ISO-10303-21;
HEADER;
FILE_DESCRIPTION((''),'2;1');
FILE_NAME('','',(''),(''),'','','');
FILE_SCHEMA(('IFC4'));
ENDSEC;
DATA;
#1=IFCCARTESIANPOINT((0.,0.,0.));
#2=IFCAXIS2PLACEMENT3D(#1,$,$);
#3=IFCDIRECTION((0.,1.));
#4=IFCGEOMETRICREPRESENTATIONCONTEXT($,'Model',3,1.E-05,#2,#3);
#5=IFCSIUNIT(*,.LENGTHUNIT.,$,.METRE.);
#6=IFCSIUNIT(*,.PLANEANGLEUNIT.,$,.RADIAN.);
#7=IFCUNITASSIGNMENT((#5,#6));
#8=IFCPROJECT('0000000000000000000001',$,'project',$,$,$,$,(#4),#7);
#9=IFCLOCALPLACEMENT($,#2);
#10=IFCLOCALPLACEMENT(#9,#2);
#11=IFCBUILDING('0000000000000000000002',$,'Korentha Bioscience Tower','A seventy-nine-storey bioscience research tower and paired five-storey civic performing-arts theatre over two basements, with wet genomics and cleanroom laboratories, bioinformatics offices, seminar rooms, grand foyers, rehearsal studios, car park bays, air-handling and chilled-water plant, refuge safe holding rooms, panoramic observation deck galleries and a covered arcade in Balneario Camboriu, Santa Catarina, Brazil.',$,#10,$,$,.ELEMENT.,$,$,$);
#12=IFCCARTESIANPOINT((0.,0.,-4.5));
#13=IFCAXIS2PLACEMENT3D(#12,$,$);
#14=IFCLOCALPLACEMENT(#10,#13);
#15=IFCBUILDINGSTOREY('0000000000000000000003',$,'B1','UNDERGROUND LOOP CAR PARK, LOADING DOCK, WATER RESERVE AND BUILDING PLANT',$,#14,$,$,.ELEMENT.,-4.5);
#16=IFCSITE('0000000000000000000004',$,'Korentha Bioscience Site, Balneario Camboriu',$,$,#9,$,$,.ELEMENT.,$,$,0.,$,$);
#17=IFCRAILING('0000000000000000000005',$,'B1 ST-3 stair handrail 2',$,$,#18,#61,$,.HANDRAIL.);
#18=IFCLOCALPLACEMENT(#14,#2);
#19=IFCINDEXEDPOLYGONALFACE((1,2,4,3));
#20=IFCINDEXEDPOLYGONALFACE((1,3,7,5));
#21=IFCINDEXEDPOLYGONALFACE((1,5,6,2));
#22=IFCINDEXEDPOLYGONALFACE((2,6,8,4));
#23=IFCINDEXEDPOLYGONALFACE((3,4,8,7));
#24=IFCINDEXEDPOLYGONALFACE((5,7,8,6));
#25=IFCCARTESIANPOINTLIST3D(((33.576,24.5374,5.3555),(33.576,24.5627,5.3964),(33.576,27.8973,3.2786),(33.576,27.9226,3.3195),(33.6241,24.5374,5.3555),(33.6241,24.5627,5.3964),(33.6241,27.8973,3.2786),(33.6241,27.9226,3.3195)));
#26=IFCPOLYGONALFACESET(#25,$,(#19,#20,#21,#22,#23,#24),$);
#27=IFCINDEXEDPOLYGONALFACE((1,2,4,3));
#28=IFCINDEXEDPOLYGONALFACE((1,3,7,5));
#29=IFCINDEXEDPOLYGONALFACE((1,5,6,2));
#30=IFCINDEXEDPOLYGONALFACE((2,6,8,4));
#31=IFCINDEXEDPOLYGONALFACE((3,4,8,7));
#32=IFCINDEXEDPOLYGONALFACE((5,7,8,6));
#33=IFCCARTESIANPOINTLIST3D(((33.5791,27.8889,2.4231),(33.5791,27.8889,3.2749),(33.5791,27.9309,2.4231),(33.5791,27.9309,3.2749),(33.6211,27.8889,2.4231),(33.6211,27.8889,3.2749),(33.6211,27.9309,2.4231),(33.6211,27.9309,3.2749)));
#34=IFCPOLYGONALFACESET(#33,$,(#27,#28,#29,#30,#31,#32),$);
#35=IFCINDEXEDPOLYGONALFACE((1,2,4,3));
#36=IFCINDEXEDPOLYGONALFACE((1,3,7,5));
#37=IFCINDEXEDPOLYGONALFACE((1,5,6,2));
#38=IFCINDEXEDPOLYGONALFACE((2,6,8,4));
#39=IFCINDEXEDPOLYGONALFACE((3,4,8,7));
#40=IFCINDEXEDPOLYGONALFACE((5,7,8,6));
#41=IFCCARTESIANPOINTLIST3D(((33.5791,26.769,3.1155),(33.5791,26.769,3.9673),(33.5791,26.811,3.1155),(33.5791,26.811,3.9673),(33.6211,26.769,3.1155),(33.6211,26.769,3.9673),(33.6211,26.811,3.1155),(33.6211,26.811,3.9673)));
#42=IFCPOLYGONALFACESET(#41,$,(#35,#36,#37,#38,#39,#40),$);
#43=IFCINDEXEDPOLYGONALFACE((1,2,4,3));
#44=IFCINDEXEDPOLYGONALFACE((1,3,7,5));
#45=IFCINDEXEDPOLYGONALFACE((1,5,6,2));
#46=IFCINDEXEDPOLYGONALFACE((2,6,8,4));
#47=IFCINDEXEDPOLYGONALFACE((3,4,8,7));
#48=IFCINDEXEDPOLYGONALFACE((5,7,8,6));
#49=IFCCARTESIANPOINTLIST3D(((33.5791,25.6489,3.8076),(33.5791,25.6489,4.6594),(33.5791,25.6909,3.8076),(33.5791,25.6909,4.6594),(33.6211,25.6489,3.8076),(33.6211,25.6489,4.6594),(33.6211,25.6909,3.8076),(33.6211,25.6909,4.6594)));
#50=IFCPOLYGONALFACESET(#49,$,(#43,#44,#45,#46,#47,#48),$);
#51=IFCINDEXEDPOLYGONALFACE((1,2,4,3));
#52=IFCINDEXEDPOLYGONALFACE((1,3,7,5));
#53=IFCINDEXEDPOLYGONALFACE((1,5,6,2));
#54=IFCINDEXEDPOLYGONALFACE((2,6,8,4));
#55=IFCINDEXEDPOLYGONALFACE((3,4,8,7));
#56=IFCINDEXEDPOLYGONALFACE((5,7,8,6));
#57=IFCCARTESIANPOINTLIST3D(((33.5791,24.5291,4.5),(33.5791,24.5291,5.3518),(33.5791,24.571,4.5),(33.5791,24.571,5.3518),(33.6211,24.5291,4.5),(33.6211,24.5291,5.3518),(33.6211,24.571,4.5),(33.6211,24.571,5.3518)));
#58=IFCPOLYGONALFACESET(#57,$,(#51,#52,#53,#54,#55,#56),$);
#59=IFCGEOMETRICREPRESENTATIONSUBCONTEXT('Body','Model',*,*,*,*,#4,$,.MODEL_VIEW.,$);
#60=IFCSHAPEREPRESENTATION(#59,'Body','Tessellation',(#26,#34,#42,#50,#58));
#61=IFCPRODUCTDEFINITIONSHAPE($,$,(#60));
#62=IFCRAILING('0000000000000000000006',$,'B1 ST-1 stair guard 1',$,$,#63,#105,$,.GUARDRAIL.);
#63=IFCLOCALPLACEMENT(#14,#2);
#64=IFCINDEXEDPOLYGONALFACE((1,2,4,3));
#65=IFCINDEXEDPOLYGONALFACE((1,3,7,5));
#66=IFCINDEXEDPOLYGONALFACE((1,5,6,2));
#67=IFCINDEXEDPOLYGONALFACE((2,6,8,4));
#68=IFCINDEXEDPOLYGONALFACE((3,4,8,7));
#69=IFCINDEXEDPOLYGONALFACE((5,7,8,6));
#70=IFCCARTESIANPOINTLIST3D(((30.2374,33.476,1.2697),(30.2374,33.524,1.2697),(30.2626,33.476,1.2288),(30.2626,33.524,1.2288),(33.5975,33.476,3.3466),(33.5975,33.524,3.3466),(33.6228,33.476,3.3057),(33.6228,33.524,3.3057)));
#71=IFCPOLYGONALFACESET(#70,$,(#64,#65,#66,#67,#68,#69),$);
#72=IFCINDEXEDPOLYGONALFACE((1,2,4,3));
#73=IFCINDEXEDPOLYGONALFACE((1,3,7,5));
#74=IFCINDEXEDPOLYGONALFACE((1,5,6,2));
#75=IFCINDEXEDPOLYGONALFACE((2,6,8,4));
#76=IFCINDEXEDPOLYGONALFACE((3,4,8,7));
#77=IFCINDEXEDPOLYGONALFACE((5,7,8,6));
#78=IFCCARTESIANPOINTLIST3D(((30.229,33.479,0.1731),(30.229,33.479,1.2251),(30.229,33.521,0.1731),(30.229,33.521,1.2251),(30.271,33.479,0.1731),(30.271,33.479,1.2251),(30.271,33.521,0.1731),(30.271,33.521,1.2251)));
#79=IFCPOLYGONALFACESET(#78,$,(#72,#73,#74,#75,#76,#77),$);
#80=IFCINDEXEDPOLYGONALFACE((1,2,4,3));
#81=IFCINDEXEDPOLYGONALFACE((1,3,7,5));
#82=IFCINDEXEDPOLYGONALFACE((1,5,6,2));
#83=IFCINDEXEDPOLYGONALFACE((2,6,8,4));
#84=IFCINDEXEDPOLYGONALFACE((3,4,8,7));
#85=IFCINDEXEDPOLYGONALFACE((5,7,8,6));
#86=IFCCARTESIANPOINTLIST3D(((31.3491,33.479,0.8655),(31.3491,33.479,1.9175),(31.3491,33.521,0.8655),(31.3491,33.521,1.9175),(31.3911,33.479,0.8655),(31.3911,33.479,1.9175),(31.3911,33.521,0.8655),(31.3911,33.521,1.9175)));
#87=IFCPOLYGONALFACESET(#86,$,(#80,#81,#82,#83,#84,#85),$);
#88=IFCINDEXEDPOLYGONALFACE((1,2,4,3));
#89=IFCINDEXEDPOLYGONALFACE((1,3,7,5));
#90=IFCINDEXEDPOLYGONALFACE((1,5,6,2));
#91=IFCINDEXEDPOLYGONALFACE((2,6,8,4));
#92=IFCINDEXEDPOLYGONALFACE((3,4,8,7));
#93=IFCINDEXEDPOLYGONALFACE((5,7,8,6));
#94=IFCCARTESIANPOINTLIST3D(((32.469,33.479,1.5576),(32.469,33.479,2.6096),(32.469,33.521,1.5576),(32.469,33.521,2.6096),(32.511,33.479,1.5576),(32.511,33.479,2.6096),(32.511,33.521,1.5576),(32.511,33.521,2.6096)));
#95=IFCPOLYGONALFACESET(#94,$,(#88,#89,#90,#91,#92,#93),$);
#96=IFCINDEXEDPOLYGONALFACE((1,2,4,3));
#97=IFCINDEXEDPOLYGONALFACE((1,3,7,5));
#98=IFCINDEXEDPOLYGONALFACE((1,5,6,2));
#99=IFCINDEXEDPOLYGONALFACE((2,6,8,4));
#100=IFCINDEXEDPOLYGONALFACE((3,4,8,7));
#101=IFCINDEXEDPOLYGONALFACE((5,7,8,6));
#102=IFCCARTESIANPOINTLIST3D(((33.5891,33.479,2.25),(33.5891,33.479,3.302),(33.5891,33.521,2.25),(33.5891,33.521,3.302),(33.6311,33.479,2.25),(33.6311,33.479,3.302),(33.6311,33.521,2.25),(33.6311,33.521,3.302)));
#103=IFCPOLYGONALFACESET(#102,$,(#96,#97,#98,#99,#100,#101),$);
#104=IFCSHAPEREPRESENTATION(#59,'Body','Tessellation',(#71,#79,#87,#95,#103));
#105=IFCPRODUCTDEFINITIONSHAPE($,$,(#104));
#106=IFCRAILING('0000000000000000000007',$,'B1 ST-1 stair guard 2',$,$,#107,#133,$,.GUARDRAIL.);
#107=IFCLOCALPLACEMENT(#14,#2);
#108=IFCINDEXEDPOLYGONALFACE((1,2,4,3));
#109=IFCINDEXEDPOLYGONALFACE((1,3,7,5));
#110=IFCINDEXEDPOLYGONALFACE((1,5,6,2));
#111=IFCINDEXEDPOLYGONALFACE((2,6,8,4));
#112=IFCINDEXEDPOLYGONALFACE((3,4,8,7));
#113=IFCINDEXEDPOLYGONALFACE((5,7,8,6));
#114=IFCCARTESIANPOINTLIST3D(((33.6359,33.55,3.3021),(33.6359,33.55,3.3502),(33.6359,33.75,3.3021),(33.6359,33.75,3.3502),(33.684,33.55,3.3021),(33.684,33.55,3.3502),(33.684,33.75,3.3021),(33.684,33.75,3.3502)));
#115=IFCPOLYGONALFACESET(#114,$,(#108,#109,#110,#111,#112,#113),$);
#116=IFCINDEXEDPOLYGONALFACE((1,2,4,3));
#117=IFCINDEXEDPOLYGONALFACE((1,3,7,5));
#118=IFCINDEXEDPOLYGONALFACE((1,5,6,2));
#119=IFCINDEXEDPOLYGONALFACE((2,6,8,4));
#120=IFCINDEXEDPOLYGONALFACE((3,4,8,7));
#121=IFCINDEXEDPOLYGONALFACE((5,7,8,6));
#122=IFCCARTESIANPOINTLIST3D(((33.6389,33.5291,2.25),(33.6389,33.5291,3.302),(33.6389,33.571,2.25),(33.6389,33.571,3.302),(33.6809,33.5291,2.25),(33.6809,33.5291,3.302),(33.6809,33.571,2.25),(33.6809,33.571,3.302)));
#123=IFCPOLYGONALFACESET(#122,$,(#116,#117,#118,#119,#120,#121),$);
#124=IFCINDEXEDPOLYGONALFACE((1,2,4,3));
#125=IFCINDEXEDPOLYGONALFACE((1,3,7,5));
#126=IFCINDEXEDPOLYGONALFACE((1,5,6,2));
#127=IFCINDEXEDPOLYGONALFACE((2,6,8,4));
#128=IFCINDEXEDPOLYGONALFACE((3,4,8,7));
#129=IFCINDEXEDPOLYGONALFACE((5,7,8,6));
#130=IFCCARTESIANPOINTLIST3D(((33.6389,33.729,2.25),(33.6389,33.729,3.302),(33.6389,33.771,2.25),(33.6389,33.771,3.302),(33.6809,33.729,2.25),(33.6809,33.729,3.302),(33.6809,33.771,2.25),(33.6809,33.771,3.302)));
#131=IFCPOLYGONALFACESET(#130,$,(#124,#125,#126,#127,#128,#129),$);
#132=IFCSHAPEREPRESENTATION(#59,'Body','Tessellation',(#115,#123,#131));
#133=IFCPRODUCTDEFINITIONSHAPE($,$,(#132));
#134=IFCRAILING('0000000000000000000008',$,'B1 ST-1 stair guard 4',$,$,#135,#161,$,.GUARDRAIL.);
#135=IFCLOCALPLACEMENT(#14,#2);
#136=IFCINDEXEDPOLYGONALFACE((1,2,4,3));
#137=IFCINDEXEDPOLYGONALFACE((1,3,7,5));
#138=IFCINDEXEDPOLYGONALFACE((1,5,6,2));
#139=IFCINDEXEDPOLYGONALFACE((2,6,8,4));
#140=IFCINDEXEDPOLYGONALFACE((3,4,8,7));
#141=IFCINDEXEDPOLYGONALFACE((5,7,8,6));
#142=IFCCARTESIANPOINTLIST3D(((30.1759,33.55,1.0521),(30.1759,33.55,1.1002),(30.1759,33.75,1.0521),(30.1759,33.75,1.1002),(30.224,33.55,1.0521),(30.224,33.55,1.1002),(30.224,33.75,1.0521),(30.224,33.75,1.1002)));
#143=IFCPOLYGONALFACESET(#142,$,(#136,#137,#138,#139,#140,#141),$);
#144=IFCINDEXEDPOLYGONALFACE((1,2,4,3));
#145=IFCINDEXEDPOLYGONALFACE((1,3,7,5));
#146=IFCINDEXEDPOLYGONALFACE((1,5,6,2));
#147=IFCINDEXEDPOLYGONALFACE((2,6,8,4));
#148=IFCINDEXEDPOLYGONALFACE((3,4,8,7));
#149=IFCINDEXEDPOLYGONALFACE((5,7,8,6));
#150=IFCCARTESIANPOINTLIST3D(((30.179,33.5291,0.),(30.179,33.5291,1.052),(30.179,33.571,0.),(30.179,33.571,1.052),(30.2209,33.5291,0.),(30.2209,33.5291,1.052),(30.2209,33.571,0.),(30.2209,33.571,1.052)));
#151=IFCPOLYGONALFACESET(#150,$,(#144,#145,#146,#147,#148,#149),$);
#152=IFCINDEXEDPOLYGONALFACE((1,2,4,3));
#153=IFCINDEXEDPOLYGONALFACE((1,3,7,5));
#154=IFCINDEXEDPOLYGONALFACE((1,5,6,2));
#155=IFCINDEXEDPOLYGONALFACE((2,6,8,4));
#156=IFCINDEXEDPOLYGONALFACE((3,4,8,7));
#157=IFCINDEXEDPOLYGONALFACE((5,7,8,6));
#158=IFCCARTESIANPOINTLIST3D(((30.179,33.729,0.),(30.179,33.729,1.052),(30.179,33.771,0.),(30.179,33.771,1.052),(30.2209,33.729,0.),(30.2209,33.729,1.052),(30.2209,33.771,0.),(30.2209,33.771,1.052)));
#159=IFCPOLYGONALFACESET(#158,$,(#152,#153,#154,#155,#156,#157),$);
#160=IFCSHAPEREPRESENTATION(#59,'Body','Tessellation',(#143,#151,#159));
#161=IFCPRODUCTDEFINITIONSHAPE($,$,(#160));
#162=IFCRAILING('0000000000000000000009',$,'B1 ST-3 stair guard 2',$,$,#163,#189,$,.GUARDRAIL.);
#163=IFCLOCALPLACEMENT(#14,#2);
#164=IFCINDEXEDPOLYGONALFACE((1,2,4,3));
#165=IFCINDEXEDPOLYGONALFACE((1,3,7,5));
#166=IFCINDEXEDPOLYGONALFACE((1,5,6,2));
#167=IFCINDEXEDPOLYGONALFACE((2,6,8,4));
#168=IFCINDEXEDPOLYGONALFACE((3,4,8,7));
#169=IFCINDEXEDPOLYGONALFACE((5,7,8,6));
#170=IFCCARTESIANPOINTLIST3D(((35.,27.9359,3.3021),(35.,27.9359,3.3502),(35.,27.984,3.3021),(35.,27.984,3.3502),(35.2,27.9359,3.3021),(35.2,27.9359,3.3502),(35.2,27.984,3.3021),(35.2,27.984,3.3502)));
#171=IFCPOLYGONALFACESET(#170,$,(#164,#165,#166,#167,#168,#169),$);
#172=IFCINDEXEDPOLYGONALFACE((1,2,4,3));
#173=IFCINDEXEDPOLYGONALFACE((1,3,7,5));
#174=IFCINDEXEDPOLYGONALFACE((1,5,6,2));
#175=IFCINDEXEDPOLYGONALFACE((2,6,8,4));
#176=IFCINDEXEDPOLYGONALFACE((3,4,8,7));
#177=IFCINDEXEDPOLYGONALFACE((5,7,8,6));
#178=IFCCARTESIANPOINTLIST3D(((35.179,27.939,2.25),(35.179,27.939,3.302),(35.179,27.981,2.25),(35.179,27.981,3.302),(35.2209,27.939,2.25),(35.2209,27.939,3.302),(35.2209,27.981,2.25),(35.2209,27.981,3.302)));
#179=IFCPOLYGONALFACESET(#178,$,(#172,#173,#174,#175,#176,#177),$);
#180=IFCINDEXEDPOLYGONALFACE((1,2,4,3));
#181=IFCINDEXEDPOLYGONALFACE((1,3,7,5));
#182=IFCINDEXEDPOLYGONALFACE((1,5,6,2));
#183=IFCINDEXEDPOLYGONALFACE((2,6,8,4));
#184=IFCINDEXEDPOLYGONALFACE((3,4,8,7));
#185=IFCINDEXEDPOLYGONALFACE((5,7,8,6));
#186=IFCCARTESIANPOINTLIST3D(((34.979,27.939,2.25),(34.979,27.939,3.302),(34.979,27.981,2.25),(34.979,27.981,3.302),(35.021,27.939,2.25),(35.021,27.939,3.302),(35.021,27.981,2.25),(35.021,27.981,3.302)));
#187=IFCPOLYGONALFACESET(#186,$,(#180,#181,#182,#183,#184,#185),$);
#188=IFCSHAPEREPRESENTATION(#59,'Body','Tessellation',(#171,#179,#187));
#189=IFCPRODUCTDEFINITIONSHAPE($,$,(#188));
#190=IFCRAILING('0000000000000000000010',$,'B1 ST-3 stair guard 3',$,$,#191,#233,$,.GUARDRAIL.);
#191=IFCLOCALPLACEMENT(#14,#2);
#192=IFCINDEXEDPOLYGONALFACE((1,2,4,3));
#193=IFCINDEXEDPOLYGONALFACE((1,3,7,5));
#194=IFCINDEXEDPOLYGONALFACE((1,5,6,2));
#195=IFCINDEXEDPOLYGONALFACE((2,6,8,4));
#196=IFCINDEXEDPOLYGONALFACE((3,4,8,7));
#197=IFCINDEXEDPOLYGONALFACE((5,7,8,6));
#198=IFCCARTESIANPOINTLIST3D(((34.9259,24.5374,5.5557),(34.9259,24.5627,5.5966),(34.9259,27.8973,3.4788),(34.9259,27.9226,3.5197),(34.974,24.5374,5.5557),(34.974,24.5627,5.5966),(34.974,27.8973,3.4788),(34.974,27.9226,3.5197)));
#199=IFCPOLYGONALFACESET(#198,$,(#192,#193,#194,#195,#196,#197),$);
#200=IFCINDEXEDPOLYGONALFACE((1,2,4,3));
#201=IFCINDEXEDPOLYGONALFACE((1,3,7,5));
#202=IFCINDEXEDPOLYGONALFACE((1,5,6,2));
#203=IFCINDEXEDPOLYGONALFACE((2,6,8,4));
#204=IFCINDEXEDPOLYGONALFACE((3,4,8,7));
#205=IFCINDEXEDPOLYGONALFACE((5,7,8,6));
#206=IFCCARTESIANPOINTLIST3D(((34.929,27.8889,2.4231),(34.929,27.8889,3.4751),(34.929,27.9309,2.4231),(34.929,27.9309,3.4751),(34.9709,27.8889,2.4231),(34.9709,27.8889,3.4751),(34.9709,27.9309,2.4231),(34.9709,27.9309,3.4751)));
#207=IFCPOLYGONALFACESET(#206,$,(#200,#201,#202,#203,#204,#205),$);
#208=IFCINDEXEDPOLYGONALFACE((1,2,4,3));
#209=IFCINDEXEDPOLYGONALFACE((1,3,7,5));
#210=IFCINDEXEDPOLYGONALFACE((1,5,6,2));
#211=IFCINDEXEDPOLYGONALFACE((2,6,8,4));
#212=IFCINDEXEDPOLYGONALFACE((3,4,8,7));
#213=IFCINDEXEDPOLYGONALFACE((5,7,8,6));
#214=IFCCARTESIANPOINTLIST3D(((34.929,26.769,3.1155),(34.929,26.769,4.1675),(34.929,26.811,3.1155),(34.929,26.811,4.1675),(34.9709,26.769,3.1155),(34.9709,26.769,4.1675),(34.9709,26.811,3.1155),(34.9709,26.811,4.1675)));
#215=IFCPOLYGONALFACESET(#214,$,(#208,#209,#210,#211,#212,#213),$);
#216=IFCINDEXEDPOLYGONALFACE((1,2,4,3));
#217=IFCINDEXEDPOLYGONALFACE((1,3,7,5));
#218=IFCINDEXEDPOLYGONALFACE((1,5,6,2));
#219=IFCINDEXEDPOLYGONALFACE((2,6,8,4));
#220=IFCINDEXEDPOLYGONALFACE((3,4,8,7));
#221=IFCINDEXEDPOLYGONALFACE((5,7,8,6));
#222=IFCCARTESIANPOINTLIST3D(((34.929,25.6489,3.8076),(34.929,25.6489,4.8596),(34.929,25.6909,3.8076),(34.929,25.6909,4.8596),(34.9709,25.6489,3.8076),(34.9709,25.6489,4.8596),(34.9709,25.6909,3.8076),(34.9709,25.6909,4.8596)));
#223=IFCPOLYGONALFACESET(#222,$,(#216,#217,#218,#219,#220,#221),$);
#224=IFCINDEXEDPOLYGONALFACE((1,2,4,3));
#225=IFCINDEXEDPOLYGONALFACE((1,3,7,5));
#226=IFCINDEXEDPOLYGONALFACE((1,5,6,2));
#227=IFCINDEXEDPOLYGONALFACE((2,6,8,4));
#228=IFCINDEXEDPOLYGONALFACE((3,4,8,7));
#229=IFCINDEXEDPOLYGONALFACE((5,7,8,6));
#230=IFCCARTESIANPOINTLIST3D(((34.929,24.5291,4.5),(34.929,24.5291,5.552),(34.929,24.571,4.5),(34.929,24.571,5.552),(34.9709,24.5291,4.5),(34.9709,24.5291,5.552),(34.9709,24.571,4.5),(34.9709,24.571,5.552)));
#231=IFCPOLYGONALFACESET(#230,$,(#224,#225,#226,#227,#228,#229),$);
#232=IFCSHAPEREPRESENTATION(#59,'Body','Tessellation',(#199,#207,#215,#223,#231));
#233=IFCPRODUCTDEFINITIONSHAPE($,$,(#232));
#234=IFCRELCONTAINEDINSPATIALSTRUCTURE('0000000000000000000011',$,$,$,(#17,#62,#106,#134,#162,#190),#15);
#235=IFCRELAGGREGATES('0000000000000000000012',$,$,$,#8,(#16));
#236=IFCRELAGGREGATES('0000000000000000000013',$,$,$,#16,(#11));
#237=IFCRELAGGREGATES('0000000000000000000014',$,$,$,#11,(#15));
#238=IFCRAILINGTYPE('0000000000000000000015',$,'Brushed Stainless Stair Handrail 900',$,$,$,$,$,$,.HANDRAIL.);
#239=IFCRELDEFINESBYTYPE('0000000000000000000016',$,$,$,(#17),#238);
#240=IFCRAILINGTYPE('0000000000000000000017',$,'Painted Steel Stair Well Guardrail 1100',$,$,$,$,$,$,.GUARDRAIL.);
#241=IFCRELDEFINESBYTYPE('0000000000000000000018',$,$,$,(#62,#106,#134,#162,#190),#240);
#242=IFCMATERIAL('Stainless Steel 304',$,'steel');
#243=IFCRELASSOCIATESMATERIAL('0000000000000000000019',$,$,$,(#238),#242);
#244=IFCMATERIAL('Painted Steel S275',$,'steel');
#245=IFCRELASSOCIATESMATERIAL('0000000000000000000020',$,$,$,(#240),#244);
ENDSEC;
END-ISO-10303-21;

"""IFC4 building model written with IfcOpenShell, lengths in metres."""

from ifc_helpers import new_model, si_unit, direction, frame, origin, origin_2d, place, context, subcontext, project, spatial, rectangle, extrude, material, type_object, element, save


model = new_model("IFC4")

# Units and contexts
model_context = context("Model", 3, precision=1e-05, world=origin(), true_north=direction((0.0, 1.0)))
body_context = subcontext(model_context, "Body", "Model", "MODEL_VIEW")
ifc_project = project(units=[si_unit("LENGTHUNIT", "METRE"), si_unit("PLANEANGLEUNIT", "RADIAN")], contexts=[model_context])

# Site, building, storey
site_placement = place(None, origin())
site = spatial("IfcSite", under=ifc_project, at=site_placement, Name="Korentha Bioscience Site, Balneario Camboriu", CompositionType="ELEMENT", RefElevation=0.0)
building_placement = place(site_placement, origin())
building = spatial("IfcBuilding", under=site, at=building_placement, Name="Korentha Bioscience Tower", Description="A seventy-nine-storey bioscience research tower and paired five-storey civic performing-arts theatre over two basements, with wet genomics and cleanroom laboratories, bioinformatics offices, seminar rooms, grand foyers, rehearsal studios, car park bays, air-handling and chilled-water plant, refuge safe holding rooms, panoramic observation deck galleries and a covered arcade in Balneario Camboriu, Santa Catarina, Brazil.", CompositionType="ELEMENT")
storey_placement = place(building_placement, frame((0.0, 0.0, -4.5)))
storey = spatial("IfcBuildingStorey", under=building, at=storey_placement, Name="B1", Description="UNDERGROUND LOOP CAR PARK, LOADING DOCK, WATER RESERVE AND BUILDING PLANT", CompositionType="ELEMENT", Elevation=-4.5)

# Railings
ifc_material_1 = material(Name="Stainless Steel 304", Category="steel")
railing_type_1 = type_object("IfcRailingType", Name="Brushed Stainless Stair Handrail 900", PredefinedType="HANDRAIL", material=ifc_material_1)
railing_1_placement = place(storey_placement, frame((33.6001, 27.9099, 2.4231)))
element("IfcRailing", 1, at=railing_1_placement, inside=storey, type_object=railing_type_1, Name="B1 ST-3 stair handrail 2", PredefinedType="HANDRAIL", context=body_context, shape_type="SweptSolid", body=[
    extrude(rectangle(XDim=0.0481, YDim=0.0481, at=origin_2d()), frame((0.0, 0.0, 0.876), z_axis=(0.0, -0.850606, 0.525803), x_axis=(1.0, 0.0, 0.0)), (0.0, 0.0, 1.0), 3.95),
    extrude(rectangle(XDim=0.042, YDim=0.042, at=origin_2d()), origin(), (0.0, 0.0, 1.0), 0.8518),
    extrude(rectangle(XDim=0.042, YDim=0.042, at=origin_2d()), frame((0.0, -1.1199, 0.6924)), (0.0, 0.0, 1.0), 0.8518),
    extrude(rectangle(XDim=0.042, YDim=0.042, at=origin_2d()), frame((0.0, -2.24, 1.3845)), (0.0, 0.0, 1.0), 0.8518),
    extrude(rectangle(XDim=0.042, YDim=0.042, at=origin_2d()), frame((0.0, -3.3599, 2.0769)), (0.0, 0.0, 1.0), 0.8518),
])
ifc_material_2 = material(Name="Painted Steel S275", Category="steel")
railing_type_2 = type_object("IfcRailingType", Name="Painted Steel Stair Well Guardrail 1100", PredefinedType="GUARDRAIL", material=ifc_material_2)
railing_2_placement = place(storey_placement, frame((30.25, 33.5, 0.1731)))
element("IfcRailing", 2, at=railing_2_placement, inside=storey, type_object=railing_type_2, Name="B1 ST-1 stair guard 1", PredefinedType="GUARDRAIL", context=body_context, shape_type="SweptSolid", body=[
    extrude(rectangle(XDim=0.0481, YDim=0.0481, at=origin_2d()), frame((0.0, 0.0, 1.0762), z_axis=(0.850623, 0.0, 0.525776), x_axis=(0.0, 1.0, 0.0)), (0.0, 0.0, 1.0), 3.9502),
    extrude(rectangle(XDim=0.042, YDim=0.042, at=origin_2d()), origin(), (0.0, 0.0, 1.0), 1.052),
    extrude(rectangle(XDim=0.042, YDim=0.042, at=origin_2d()), frame((1.1201, 0.0, 0.6924)), (0.0, 0.0, 1.0), 1.052),
    extrude(rectangle(XDim=0.042, YDim=0.042, at=origin_2d()), frame((2.24, 0.0, 1.3845)), (0.0, 0.0, 1.0), 1.052),
    extrude(rectangle(XDim=0.042, YDim=0.042, at=origin_2d()), frame((3.3601, 0.0, 2.0769)), (0.0, 0.0, 1.0), 1.052),
])
for number, where, name in (
    (3, (33.6599, 33.55, 2.25), "B1 ST-1 stair guard 2"),
    (4, (30.2, 33.55, 0.0), "B1 ST-1 stair guard 4"),
):
    element("IfcRailing", number, at=place(storey_placement, frame(where)), inside=storey, type_object=railing_type_2, Name=name, PredefinedType="GUARDRAIL", context=body_context, shape_type="SweptSolid", body=[
        extrude(rectangle(XDim=0.0481, YDim=0.0481, at=origin_2d()), frame((0.0, 0.0, 1.0762), z_axis=(0.0, 1.0, 0.0), x_axis=(-1.0, 0.0, 0.0)), (0.0, 0.0, 1.0), 0.2),
        extrude(rectangle(XDim=0.042, YDim=0.042, at=origin_2d()), origin(), (0.0, 0.0, 1.0), 1.052),
        extrude(rectangle(XDim=0.042, YDim=0.042, at=origin_2d()), frame((0.0, 0.2, 0.0)), (0.0, 0.0, 1.0), 1.052),
    ])
railing_3_placement = place(storey_placement, frame((35.2, 27.96, 2.25)))
element("IfcRailing", 5, at=railing_3_placement, inside=storey, type_object=railing_type_2, Name="B1 ST-3 stair guard 2", PredefinedType="GUARDRAIL", context=body_context, shape_type="SweptSolid", body=[
    extrude(rectangle(XDim=0.0481, YDim=0.0481, at=origin_2d()), frame((0.0, 0.0, 1.0762), z_axis=(-1.0, 0.0, 0.0), x_axis=(0.0, -1.0, 0.0)), (0.0, 0.0, 1.0), 0.2),
    extrude(rectangle(XDim=0.042, YDim=0.042, at=origin_2d()), origin(), (0.0, 0.0, 1.0), 1.052),
    extrude(rectangle(XDim=0.042, YDim=0.042, at=origin_2d()), frame((-0.2, 0.0, 0.0)), (0.0, 0.0, 1.0), 1.052),
])
railing_4_placement = place(storey_placement, frame((34.95, 27.9099, 2.4231)))
element("IfcRailing", 6, at=railing_4_placement, inside=storey, type_object=railing_type_2, Name="B1 ST-3 stair guard 3", PredefinedType="GUARDRAIL", context=body_context, shape_type="SweptSolid", body=[
    extrude(rectangle(XDim=0.0481, YDim=0.0481, at=origin_2d()), frame((0.0, 0.0, 1.0762), z_axis=(0.0, -0.850606, 0.525803), x_axis=(1.0, 0.0, 0.0)), (0.0, 0.0, 1.0), 3.95),
    extrude(rectangle(XDim=0.042, YDim=0.042, at=origin_2d()), origin(), (0.0, 0.0, 1.0), 1.052),
    extrude(rectangle(XDim=0.042, YDim=0.042, at=origin_2d()), frame((0.0, -1.1199, 0.6924)), (0.0, 0.0, 1.0), 1.052),
    extrude(rectangle(XDim=0.042, YDim=0.042, at=origin_2d()), frame((0.0, -2.24, 1.3845)), (0.0, 0.0, 1.0), 1.052),
    extrude(rectangle(XDim=0.042, YDim=0.042, at=origin_2d()), frame((0.0, -3.3599, 2.0769)), (0.0, 0.0, 1.0), 1.052),
])

save(model, "model.ifc")
